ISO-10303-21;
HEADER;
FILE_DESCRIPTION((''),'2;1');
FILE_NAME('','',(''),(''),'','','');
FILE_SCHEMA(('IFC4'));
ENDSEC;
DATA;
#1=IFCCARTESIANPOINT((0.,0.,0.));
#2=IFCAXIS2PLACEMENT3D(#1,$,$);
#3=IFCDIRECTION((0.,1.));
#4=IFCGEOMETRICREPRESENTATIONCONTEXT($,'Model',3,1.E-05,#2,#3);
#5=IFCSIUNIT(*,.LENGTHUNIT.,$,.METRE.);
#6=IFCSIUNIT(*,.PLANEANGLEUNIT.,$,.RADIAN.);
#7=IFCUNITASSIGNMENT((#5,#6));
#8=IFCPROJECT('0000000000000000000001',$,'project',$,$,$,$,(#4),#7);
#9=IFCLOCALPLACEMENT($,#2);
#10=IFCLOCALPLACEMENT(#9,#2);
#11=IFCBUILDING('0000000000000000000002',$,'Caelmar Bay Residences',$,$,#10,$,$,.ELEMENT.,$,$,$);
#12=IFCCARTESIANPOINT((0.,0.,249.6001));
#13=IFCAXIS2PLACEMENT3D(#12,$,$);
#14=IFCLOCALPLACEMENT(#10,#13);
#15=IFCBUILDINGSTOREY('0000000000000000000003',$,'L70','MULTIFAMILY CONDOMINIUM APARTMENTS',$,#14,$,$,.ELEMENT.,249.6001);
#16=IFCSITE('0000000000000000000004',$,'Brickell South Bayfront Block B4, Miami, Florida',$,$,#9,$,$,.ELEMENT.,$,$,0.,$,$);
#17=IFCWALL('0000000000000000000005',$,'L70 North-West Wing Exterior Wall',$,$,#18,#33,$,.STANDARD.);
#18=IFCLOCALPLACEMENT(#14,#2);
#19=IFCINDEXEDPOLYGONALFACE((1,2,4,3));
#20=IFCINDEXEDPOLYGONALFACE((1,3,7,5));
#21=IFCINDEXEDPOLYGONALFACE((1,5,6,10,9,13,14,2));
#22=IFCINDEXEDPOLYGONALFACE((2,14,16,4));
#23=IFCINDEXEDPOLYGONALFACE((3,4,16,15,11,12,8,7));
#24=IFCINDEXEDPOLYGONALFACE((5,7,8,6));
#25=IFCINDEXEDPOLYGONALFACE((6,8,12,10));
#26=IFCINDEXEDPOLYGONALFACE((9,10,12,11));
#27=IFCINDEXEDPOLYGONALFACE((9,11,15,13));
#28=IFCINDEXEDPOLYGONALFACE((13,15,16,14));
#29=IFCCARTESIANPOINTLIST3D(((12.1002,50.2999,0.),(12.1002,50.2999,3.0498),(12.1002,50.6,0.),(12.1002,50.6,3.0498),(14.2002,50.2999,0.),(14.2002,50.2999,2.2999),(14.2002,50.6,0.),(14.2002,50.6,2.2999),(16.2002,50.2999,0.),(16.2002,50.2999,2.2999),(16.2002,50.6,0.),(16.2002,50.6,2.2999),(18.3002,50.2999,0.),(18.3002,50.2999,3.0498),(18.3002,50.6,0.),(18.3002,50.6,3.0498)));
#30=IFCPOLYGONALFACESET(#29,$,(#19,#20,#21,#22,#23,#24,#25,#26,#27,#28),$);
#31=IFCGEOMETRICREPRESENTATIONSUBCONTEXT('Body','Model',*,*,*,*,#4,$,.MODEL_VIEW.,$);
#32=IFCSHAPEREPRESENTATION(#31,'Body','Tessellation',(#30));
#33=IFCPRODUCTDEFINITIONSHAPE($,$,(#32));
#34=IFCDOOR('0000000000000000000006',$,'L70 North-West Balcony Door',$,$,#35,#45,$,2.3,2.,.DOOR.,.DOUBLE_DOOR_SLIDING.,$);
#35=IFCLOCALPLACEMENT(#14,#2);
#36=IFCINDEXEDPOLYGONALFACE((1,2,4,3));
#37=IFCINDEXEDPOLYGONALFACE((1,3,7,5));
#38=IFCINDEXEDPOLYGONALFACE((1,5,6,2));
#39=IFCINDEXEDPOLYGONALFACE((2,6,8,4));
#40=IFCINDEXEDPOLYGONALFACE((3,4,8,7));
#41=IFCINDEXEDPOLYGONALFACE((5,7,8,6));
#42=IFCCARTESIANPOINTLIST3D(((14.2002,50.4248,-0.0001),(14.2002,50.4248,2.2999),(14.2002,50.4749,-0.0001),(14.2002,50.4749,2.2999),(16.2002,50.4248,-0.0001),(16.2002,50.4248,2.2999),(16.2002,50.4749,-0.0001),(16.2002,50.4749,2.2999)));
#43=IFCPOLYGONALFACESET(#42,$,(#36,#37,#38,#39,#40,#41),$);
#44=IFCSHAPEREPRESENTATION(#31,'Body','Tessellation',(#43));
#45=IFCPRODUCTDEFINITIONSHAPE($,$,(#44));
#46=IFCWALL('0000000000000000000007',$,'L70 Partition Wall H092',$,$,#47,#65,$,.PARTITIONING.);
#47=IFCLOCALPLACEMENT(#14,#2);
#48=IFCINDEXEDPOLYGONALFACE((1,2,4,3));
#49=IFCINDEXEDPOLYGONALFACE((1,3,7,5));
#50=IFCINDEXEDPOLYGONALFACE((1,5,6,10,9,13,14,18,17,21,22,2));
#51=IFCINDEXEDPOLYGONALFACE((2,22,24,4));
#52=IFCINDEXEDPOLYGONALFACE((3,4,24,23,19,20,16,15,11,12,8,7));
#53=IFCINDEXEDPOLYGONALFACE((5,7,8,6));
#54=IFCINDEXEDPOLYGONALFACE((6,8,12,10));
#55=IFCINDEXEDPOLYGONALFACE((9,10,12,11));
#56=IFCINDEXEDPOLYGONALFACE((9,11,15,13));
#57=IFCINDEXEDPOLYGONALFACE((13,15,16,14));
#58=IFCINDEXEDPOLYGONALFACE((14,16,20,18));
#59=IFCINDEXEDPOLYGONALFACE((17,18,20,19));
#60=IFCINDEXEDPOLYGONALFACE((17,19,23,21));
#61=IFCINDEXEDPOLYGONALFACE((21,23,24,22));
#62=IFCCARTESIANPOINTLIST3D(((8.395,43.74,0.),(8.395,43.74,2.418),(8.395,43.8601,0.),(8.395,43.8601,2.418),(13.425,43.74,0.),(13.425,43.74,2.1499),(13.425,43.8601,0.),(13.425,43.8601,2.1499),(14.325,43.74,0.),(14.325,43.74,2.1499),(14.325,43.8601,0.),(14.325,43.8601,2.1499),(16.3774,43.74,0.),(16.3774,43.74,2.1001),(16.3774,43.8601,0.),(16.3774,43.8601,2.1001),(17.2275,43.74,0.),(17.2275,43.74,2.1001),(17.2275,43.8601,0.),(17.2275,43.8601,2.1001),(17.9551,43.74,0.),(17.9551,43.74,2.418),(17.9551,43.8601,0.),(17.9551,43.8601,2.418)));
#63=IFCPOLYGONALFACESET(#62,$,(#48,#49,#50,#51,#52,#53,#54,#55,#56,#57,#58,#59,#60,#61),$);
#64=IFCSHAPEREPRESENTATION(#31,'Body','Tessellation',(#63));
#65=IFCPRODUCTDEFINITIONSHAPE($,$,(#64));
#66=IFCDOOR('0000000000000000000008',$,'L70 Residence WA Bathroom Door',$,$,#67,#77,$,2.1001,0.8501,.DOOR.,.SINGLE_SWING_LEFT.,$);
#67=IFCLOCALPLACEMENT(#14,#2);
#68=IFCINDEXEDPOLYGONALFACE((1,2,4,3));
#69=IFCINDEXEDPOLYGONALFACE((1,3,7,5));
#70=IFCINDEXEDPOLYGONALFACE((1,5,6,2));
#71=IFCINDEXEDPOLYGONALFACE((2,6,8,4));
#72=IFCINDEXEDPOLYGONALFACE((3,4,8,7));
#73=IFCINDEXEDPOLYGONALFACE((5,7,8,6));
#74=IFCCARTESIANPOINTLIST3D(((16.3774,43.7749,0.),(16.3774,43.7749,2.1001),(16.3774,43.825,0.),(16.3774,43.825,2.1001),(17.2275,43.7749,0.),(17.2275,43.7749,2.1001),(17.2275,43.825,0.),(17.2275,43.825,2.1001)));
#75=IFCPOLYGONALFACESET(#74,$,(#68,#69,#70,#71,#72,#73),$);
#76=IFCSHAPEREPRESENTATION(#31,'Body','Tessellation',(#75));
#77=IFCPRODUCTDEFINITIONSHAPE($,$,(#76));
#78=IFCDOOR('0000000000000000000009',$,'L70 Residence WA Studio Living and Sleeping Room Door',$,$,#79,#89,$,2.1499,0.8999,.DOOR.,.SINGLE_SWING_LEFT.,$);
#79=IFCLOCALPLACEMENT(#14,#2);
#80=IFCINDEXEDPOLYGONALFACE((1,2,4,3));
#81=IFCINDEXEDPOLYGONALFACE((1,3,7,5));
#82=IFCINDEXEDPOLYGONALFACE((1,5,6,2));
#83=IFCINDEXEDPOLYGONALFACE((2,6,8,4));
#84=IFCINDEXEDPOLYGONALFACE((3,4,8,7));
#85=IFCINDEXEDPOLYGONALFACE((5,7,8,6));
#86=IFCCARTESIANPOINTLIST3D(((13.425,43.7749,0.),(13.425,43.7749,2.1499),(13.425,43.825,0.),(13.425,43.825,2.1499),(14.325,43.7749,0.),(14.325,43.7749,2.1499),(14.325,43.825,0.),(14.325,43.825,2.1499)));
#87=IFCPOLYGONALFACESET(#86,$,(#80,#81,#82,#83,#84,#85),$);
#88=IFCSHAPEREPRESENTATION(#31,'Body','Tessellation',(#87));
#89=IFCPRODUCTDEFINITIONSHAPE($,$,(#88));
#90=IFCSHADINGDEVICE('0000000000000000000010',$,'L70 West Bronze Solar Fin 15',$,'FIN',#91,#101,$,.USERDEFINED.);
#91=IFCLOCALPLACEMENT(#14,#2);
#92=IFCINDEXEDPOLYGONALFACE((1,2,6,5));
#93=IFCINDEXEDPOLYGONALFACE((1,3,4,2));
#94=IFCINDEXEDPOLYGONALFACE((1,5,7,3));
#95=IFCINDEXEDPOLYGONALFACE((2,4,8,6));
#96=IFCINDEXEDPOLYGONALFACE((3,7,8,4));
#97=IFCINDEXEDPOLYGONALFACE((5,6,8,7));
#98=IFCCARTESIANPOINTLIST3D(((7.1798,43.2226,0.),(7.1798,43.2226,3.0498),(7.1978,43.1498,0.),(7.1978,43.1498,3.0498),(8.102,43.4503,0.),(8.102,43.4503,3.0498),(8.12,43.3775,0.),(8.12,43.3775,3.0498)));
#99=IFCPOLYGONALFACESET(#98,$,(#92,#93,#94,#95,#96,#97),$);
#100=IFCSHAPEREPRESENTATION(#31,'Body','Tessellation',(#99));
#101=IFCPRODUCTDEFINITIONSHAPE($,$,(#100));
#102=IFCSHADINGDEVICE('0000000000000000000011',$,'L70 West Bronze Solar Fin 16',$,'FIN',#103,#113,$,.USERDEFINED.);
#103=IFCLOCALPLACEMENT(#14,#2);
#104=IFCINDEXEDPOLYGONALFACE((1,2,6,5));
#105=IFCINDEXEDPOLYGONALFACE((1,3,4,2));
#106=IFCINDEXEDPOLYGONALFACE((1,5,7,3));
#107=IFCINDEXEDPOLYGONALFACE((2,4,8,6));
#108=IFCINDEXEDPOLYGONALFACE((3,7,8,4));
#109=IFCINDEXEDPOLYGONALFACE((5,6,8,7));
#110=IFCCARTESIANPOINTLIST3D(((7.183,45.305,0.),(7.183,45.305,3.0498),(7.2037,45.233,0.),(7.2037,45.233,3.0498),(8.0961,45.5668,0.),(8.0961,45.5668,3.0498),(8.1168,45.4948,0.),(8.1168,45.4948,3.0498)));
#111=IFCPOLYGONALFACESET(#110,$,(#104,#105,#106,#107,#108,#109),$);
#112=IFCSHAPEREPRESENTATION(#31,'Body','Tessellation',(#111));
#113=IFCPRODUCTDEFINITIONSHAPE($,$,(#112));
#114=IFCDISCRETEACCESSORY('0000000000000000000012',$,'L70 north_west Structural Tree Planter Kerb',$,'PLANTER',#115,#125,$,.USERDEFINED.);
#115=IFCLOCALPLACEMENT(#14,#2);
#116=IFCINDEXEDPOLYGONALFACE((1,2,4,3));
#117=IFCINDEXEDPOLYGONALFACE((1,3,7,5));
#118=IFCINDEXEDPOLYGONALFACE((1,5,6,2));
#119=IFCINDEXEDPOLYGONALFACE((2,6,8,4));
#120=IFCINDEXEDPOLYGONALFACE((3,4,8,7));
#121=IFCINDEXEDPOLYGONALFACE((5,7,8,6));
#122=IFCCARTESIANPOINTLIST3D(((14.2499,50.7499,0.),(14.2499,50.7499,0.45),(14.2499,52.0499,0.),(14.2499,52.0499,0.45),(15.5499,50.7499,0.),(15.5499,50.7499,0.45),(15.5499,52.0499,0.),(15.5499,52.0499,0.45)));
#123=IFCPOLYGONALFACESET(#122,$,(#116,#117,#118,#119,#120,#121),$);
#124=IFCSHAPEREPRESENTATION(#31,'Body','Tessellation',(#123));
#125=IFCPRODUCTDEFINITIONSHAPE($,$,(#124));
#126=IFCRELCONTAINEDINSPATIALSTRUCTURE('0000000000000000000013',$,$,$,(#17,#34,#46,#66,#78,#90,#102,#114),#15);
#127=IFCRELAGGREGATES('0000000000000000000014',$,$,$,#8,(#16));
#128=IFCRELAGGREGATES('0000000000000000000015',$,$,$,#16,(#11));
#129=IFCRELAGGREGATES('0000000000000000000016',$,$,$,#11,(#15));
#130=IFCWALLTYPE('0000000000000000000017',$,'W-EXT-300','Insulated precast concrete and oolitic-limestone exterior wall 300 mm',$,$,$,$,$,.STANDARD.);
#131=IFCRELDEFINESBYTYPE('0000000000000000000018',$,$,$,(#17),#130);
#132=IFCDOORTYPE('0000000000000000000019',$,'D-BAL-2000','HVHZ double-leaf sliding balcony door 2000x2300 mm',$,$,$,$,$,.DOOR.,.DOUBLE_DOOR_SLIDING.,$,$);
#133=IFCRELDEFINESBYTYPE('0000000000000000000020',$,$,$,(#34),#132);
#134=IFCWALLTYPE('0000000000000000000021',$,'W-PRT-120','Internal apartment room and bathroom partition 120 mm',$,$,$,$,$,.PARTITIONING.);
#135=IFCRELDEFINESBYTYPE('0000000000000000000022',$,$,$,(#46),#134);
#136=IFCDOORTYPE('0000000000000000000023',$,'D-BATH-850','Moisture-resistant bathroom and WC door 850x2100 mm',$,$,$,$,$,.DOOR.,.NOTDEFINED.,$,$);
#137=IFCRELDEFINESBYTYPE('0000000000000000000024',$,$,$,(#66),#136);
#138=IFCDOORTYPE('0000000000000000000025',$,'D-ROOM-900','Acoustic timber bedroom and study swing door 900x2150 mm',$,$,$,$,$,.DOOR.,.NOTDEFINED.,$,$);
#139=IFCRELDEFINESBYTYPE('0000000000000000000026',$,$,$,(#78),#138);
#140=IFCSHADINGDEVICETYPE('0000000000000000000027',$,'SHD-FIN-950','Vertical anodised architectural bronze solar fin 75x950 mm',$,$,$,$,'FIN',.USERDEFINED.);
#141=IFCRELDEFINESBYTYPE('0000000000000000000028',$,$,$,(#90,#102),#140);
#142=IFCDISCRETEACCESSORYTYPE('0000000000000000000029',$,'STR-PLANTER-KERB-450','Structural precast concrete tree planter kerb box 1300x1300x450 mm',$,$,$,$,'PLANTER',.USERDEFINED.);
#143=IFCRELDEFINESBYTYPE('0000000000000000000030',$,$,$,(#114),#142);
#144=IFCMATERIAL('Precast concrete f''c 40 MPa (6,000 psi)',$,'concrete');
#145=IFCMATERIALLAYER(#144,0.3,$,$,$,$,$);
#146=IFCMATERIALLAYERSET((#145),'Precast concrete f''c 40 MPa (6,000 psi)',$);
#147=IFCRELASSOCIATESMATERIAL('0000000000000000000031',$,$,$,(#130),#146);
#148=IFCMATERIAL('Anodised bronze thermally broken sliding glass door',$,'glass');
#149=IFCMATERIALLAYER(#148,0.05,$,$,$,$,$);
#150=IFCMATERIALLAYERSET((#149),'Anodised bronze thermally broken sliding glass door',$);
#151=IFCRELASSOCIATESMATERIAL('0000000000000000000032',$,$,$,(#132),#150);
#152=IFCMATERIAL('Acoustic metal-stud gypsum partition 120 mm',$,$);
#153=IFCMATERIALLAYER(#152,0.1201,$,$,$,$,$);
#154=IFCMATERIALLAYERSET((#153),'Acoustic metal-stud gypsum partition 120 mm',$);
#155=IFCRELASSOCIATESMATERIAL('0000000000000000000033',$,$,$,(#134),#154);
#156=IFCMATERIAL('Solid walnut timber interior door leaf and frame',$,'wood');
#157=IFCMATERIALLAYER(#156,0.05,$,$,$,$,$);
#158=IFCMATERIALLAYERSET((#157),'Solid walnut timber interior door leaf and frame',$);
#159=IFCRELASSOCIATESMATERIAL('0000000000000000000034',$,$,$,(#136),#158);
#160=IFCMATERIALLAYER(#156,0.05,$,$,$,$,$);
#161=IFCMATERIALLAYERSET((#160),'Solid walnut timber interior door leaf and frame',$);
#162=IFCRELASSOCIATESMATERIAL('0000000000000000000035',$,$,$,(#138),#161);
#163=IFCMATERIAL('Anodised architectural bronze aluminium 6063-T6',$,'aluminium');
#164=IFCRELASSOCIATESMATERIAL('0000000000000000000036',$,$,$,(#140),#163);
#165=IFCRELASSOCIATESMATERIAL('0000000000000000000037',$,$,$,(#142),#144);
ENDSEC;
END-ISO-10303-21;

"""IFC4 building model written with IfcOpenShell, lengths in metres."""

from ifc_helpers import new_model, si_unit, direction, frame, frame_2d, origin, origin_2d, place, context, subcontext, project, spatial, rectangle, extrude, material, layer, layer_set, material_profile, profile_set, type_object, element, fill, save


model = new_model("IFC4")

# Units and contexts
model_context = context("Model", 3, precision=1e-05, world=origin(), true_north=direction((0.0, 1.0)))
body_context = subcontext(model_context, "Body", "Model", "MODEL_VIEW")
ifc_project = project(units=[si_unit("LENGTHUNIT", "METRE"), si_unit("PLANEANGLEUNIT", "RADIAN")], contexts=[model_context])

# Site, building, storey
site_placement = place(None, origin())
site = spatial("IfcSite", under=ifc_project, at=site_placement, Name="Brickell South Bayfront Block B4, Miami, Florida", CompositionType="ELEMENT", RefElevation=0.0)
building_placement = place(site_placement, origin())
building = spatial("IfcBuilding", under=site, at=building_placement, Name="Caelmar Bay Residences", CompositionType="ELEMENT")
storey_placement = place(building_placement, frame((0.0, 0.0, 249.6001)))
storey = spatial("IfcBuildingStorey", under=building, at=storey_placement, Name="L70", Description="MULTIFAMILY CONDOMINIUM APARTMENTS", CompositionType="ELEMENT", Elevation=249.6001)

# Shared definitions
ifc_material_1 = material(Name="Precast concrete f'c 40 MPa (6,000 psi)", Category="concrete")

# Wall, opening, door
ifc_layer_1 = layer(ifc_material_1, 0.3)
ifc_layer_set_1 = layer_set([ifc_layer_1], Name="Precast concrete f'c 40 MPa (6,000 psi)")
wall_type_1 = type_object("IfcWallType", Name="W-EXT-300", Description="Insulated precast concrete and oolitic-limestone exterior wall 300 mm", PredefinedType="STANDARD", material=ifc_layer_set_1)
wall_1_placement = place(storey_placement, frame((12.1001, 50.45, 0.0), z_axis=(0.0, 0.0, 1.0), x_axis=(1.0, 0.0, 0.0)))
wall_1 = element("IfcWall", 1, at=wall_1_placement, inside=storey, type_object=wall_type_1, Name="L70 North-West Wing Exterior Wall", PredefinedType="STANDARD", context=body_context, shape_type="SweptSolid", body=[
    extrude(rectangle(XDim=6.2, YDim=0.3, at=frame_2d((3.1001, 0.0))), origin(), (0.0, 0.0, 1.0), 3.0498),
])
opening_1_placement = place(wall_1_placement, frame((2.1001, 0.0, 0.0)))
opening_1 = element("IfcOpeningElement", 2, at=opening_1_placement, cuts=wall_1, PredefinedType="OPENING", context=body_context, shape_type="SweptSolid", body=[
    extrude(rectangle(XDim=2.0, YDim=2.3, at=frame_2d((1.0, 1.1499))), frame((0.0, 0.1599, 0.0), z_axis=(0.0, -1.0, 0.0), x_axis=(1.0, 0.0, 0.0)), (0.0, 0.0, 1.0), 0.3201),
])
ifc_material_2 = material(Name="Anodised bronze thermally broken sliding glass door", Category="glass")
ifc_layer_2 = layer(ifc_material_2, 0.05)
ifc_layer_set_2 = layer_set([ifc_layer_2], Name="Anodised bronze thermally broken sliding glass door")
door_type_1 = type_object("IfcDoorType", Name="D-BAL-2000", Description="HVHZ double-leaf sliding balcony door 2000x2300 mm", OperationType="DOUBLE_DOOR_SLIDING", PredefinedType="DOOR", material=ifc_layer_set_2)
door_1_placement = place(opening_1_placement, origin())
door_1 = element("IfcDoor", 3, at=door_1_placement, inside=storey, type_object=door_type_1, Name="L70 North-West Balcony Door", OperationType="DOUBLE_DOOR_SLIDING", OverallHeight=2.3, OverallWidth=2.0, PredefinedType="DOOR", context=body_context, shape_type="SweptSolid", body=[
    extrude(rectangle(XDim=2.0, YDim=2.3, at=frame_2d((1.0, 1.1499))), frame((0.0, 0.0249, 0.0), z_axis=(0.0, -1.0, 0.0), x_axis=(1.0, 0.0, 0.0)), (0.0, 0.0, 1.0), 0.05),
])
fill(opening_1, door_1)

# Wall, openings, doors
ifc_material_3 = material(Name="Acoustic metal-stud gypsum partition 120 mm")
ifc_layer_3 = layer(ifc_material_3, 0.1201)
ifc_layer_set_3 = layer_set([ifc_layer_3], Name="Acoustic metal-stud gypsum partition 120 mm")
wall_type_2 = type_object("IfcWallType", Name="W-PRT-120", Description="Internal apartment room and bathroom partition 120 mm", PredefinedType="PARTITIONING", material=ifc_layer_set_3)
wall_2_placement = place(storey_placement, frame((8.395, 43.8, 0.0), z_axis=(0.0, 0.0, 1.0), x_axis=(1.0, 0.0, 0.0)))
wall_2 = element("IfcWall", 4, at=wall_2_placement, inside=storey, type_object=wall_type_2, Name="L70 Partition Wall H092", PredefinedType="PARTITIONING", context=body_context, shape_type="SweptSolid", body=[
    extrude(rectangle(XDim=9.5601, YDim=0.1201, at=frame_2d((4.78, 0.0))), origin(), (0.0, 0.0, 1.0), 2.418),
])
opening_2_placement = place(wall_2_placement, frame((5.03, 0.0, 0.0)))
opening_2 = element("IfcOpeningElement", 5, at=opening_2_placement, cuts=wall_2, PredefinedType="OPENING", context=body_context, shape_type="SweptSolid", body=[
    extrude(rectangle(XDim=0.8999, YDim=2.1499, at=frame_2d((0.45, 1.075))), frame((0.0, 0.0701, 0.0), z_axis=(0.0, -1.0, 0.0), x_axis=(1.0, 0.0, 0.0)), (0.0, 0.0, 1.0), 0.1401),
])
opening_3_placement = place(wall_2_placement, frame((7.9824, 0.0, 0.0)))
opening_3 = element("IfcOpeningElement", 6, at=opening_3_placement, cuts=wall_2, PredefinedType="OPENING", context=body_context, shape_type="SweptSolid", body=[
    extrude(rectangle(XDim=0.8501, YDim=2.1001, at=frame_2d((0.425, 1.05))), frame((0.0, 0.0701, 0.0), z_axis=(0.0, -1.0, 0.0), x_axis=(1.0, 0.0, 0.0)), (0.0, 0.0, 1.0), 0.1401),
])
ifc_material_4 = material(Name="Solid walnut timber interior door leaf and frame", Category="wood")
ifc_layer_4 = layer(ifc_material_4, 0.05)
ifc_layer_set_4 = layer_set([ifc_layer_4], Name="Solid walnut timber interior door leaf and frame")
door_type_2 = type_object("IfcDoorType", Name="D-BATH-850", Description="Moisture-resistant bathroom and WC door 850x2100 mm", OperationType="NOTDEFINED", PredefinedType="DOOR", material=ifc_layer_set_4)
door_2_placement = place(opening_3_placement, origin())
door_2 = element("IfcDoor", 7, at=door_2_placement, inside=storey, type_object=door_type_2, Name="L70 Residence WA Bathroom Door", OperationType="SINGLE_SWING_LEFT", OverallHeight=2.1001, OverallWidth=0.8501, PredefinedType="DOOR", context=body_context, shape_type="SweptSolid", body=[
    extrude(rectangle(XDim=0.8501, YDim=2.1001, at=frame_2d((0.425, 1.05))), frame((0.0, 0.0249, 0.0), z_axis=(0.0, -1.0, 0.0), x_axis=(1.0, 0.0, 0.0)), (0.0, 0.0, 1.0), 0.05),
])
fill(opening_3, door_2)
ifc_layer_5 = layer(ifc_material_4, 0.05)
ifc_layer_set_5 = layer_set([ifc_layer_5], Name="Solid walnut timber interior door leaf and frame")
door_type_3 = type_object("IfcDoorType", Name="D-ROOM-900", Description="Acoustic timber bedroom and study swing door 900x2150 mm", OperationType="NOTDEFINED", PredefinedType="DOOR", material=ifc_layer_set_5)
door_3_placement = place(opening_2_placement, origin())
door_3 = element("IfcDoor", 8, at=door_3_placement, inside=storey, type_object=door_type_3, Name="L70 Residence WA Studio Living and Sleeping Room Door", OperationType="SINGLE_SWING_LEFT", OverallHeight=2.1499, OverallWidth=0.8999, PredefinedType="DOOR", context=body_context, shape_type="SweptSolid", body=[
    extrude(rectangle(XDim=0.8999, YDim=2.1499, at=frame_2d((0.45, 1.075))), frame((0.0, 0.0249, 0.0), z_axis=(0.0, -1.0, 0.0), x_axis=(1.0, 0.0, 0.0)), (0.0, 0.0, 1.0), 0.05),
])
fill(opening_2, door_3)

# Shading devices
ifc_material_5 = material(Name="Anodised architectural bronze aluminium 6063-T6", Category="aluminium")
ifc_material_profile_1 = material_profile(ifc_material_5, rectangle(XDim=0.075, YDim=0.95, at=origin_2d()), Name="BRONZE-FIN-75X950")
ifc_profile_set_1 = profile_set([ifc_material_profile_1], Name="Anodised architectural bronze aluminium 6063-T6")
shading_device_type = type_object("IfcShadingDeviceType", Name="SHD-FIN-950", Description="Vertical anodised architectural bronze solar fin 75x950 mm", ElementType="FIN", PredefinedType="USERDEFINED", material=ifc_profile_set_1)
for number, where, z_axis, x_axis, name in (
    (9, (7.6499, 43.3, 0.0), (0.0, 0.0, 1.0), (-0.23972, 0.970842, 0.0), "L70 West Bronze Solar Fin 15"),
    (10, (7.6499, 45.3999, 0.0), (0.0, 0.0, 1.0), (-0.275637, 0.961262, 0.0), "L70 West Bronze Solar Fin 16"),
):
    element("IfcShadingDevice", number, at=place(storey_placement, frame(where, z_axis=z_axis, x_axis=x_axis)), inside=storey, type_object=shading_device_type, Name=name, ObjectType="FIN", PredefinedType="USERDEFINED", context=body_context, shape_type="SweptSolid", body=[
        extrude(rectangle(XDim=0.075, YDim=0.95, at=origin_2d()), origin(), (0.0, 0.0, 1.0), 3.0498),
    ])

# Discrete accessory
discrete_accessory_type = type_object("IfcDiscreteAccessoryType", Name="STR-PLANTER-KERB-450", Description="Structural precast concrete tree planter kerb box 1300x1300x450 mm", ElementType="PLANTER", PredefinedType="USERDEFINED", material=ifc_material_1)
discrete_accessory_placement = place(storey_placement, frame((14.8999, 51.3999, 0.0), z_axis=(0.0, 0.0, 1.0), x_axis=(1.0, 0.0, 0.0)))
element("IfcDiscreteAccessory", 11, at=discrete_accessory_placement, inside=storey, type_object=discrete_accessory_type, Name="L70 north_west Structural Tree Planter Kerb", ObjectType="PLANTER", PredefinedType="USERDEFINED", context=body_context, shape_type="SweptSolid", body=[
    extrude(rectangle(XDim=1.3, YDim=1.3, at=origin_2d()), origin(), (0.0, 0.0, 1.0), 0.45),
])

save(model, "model.ifc")
